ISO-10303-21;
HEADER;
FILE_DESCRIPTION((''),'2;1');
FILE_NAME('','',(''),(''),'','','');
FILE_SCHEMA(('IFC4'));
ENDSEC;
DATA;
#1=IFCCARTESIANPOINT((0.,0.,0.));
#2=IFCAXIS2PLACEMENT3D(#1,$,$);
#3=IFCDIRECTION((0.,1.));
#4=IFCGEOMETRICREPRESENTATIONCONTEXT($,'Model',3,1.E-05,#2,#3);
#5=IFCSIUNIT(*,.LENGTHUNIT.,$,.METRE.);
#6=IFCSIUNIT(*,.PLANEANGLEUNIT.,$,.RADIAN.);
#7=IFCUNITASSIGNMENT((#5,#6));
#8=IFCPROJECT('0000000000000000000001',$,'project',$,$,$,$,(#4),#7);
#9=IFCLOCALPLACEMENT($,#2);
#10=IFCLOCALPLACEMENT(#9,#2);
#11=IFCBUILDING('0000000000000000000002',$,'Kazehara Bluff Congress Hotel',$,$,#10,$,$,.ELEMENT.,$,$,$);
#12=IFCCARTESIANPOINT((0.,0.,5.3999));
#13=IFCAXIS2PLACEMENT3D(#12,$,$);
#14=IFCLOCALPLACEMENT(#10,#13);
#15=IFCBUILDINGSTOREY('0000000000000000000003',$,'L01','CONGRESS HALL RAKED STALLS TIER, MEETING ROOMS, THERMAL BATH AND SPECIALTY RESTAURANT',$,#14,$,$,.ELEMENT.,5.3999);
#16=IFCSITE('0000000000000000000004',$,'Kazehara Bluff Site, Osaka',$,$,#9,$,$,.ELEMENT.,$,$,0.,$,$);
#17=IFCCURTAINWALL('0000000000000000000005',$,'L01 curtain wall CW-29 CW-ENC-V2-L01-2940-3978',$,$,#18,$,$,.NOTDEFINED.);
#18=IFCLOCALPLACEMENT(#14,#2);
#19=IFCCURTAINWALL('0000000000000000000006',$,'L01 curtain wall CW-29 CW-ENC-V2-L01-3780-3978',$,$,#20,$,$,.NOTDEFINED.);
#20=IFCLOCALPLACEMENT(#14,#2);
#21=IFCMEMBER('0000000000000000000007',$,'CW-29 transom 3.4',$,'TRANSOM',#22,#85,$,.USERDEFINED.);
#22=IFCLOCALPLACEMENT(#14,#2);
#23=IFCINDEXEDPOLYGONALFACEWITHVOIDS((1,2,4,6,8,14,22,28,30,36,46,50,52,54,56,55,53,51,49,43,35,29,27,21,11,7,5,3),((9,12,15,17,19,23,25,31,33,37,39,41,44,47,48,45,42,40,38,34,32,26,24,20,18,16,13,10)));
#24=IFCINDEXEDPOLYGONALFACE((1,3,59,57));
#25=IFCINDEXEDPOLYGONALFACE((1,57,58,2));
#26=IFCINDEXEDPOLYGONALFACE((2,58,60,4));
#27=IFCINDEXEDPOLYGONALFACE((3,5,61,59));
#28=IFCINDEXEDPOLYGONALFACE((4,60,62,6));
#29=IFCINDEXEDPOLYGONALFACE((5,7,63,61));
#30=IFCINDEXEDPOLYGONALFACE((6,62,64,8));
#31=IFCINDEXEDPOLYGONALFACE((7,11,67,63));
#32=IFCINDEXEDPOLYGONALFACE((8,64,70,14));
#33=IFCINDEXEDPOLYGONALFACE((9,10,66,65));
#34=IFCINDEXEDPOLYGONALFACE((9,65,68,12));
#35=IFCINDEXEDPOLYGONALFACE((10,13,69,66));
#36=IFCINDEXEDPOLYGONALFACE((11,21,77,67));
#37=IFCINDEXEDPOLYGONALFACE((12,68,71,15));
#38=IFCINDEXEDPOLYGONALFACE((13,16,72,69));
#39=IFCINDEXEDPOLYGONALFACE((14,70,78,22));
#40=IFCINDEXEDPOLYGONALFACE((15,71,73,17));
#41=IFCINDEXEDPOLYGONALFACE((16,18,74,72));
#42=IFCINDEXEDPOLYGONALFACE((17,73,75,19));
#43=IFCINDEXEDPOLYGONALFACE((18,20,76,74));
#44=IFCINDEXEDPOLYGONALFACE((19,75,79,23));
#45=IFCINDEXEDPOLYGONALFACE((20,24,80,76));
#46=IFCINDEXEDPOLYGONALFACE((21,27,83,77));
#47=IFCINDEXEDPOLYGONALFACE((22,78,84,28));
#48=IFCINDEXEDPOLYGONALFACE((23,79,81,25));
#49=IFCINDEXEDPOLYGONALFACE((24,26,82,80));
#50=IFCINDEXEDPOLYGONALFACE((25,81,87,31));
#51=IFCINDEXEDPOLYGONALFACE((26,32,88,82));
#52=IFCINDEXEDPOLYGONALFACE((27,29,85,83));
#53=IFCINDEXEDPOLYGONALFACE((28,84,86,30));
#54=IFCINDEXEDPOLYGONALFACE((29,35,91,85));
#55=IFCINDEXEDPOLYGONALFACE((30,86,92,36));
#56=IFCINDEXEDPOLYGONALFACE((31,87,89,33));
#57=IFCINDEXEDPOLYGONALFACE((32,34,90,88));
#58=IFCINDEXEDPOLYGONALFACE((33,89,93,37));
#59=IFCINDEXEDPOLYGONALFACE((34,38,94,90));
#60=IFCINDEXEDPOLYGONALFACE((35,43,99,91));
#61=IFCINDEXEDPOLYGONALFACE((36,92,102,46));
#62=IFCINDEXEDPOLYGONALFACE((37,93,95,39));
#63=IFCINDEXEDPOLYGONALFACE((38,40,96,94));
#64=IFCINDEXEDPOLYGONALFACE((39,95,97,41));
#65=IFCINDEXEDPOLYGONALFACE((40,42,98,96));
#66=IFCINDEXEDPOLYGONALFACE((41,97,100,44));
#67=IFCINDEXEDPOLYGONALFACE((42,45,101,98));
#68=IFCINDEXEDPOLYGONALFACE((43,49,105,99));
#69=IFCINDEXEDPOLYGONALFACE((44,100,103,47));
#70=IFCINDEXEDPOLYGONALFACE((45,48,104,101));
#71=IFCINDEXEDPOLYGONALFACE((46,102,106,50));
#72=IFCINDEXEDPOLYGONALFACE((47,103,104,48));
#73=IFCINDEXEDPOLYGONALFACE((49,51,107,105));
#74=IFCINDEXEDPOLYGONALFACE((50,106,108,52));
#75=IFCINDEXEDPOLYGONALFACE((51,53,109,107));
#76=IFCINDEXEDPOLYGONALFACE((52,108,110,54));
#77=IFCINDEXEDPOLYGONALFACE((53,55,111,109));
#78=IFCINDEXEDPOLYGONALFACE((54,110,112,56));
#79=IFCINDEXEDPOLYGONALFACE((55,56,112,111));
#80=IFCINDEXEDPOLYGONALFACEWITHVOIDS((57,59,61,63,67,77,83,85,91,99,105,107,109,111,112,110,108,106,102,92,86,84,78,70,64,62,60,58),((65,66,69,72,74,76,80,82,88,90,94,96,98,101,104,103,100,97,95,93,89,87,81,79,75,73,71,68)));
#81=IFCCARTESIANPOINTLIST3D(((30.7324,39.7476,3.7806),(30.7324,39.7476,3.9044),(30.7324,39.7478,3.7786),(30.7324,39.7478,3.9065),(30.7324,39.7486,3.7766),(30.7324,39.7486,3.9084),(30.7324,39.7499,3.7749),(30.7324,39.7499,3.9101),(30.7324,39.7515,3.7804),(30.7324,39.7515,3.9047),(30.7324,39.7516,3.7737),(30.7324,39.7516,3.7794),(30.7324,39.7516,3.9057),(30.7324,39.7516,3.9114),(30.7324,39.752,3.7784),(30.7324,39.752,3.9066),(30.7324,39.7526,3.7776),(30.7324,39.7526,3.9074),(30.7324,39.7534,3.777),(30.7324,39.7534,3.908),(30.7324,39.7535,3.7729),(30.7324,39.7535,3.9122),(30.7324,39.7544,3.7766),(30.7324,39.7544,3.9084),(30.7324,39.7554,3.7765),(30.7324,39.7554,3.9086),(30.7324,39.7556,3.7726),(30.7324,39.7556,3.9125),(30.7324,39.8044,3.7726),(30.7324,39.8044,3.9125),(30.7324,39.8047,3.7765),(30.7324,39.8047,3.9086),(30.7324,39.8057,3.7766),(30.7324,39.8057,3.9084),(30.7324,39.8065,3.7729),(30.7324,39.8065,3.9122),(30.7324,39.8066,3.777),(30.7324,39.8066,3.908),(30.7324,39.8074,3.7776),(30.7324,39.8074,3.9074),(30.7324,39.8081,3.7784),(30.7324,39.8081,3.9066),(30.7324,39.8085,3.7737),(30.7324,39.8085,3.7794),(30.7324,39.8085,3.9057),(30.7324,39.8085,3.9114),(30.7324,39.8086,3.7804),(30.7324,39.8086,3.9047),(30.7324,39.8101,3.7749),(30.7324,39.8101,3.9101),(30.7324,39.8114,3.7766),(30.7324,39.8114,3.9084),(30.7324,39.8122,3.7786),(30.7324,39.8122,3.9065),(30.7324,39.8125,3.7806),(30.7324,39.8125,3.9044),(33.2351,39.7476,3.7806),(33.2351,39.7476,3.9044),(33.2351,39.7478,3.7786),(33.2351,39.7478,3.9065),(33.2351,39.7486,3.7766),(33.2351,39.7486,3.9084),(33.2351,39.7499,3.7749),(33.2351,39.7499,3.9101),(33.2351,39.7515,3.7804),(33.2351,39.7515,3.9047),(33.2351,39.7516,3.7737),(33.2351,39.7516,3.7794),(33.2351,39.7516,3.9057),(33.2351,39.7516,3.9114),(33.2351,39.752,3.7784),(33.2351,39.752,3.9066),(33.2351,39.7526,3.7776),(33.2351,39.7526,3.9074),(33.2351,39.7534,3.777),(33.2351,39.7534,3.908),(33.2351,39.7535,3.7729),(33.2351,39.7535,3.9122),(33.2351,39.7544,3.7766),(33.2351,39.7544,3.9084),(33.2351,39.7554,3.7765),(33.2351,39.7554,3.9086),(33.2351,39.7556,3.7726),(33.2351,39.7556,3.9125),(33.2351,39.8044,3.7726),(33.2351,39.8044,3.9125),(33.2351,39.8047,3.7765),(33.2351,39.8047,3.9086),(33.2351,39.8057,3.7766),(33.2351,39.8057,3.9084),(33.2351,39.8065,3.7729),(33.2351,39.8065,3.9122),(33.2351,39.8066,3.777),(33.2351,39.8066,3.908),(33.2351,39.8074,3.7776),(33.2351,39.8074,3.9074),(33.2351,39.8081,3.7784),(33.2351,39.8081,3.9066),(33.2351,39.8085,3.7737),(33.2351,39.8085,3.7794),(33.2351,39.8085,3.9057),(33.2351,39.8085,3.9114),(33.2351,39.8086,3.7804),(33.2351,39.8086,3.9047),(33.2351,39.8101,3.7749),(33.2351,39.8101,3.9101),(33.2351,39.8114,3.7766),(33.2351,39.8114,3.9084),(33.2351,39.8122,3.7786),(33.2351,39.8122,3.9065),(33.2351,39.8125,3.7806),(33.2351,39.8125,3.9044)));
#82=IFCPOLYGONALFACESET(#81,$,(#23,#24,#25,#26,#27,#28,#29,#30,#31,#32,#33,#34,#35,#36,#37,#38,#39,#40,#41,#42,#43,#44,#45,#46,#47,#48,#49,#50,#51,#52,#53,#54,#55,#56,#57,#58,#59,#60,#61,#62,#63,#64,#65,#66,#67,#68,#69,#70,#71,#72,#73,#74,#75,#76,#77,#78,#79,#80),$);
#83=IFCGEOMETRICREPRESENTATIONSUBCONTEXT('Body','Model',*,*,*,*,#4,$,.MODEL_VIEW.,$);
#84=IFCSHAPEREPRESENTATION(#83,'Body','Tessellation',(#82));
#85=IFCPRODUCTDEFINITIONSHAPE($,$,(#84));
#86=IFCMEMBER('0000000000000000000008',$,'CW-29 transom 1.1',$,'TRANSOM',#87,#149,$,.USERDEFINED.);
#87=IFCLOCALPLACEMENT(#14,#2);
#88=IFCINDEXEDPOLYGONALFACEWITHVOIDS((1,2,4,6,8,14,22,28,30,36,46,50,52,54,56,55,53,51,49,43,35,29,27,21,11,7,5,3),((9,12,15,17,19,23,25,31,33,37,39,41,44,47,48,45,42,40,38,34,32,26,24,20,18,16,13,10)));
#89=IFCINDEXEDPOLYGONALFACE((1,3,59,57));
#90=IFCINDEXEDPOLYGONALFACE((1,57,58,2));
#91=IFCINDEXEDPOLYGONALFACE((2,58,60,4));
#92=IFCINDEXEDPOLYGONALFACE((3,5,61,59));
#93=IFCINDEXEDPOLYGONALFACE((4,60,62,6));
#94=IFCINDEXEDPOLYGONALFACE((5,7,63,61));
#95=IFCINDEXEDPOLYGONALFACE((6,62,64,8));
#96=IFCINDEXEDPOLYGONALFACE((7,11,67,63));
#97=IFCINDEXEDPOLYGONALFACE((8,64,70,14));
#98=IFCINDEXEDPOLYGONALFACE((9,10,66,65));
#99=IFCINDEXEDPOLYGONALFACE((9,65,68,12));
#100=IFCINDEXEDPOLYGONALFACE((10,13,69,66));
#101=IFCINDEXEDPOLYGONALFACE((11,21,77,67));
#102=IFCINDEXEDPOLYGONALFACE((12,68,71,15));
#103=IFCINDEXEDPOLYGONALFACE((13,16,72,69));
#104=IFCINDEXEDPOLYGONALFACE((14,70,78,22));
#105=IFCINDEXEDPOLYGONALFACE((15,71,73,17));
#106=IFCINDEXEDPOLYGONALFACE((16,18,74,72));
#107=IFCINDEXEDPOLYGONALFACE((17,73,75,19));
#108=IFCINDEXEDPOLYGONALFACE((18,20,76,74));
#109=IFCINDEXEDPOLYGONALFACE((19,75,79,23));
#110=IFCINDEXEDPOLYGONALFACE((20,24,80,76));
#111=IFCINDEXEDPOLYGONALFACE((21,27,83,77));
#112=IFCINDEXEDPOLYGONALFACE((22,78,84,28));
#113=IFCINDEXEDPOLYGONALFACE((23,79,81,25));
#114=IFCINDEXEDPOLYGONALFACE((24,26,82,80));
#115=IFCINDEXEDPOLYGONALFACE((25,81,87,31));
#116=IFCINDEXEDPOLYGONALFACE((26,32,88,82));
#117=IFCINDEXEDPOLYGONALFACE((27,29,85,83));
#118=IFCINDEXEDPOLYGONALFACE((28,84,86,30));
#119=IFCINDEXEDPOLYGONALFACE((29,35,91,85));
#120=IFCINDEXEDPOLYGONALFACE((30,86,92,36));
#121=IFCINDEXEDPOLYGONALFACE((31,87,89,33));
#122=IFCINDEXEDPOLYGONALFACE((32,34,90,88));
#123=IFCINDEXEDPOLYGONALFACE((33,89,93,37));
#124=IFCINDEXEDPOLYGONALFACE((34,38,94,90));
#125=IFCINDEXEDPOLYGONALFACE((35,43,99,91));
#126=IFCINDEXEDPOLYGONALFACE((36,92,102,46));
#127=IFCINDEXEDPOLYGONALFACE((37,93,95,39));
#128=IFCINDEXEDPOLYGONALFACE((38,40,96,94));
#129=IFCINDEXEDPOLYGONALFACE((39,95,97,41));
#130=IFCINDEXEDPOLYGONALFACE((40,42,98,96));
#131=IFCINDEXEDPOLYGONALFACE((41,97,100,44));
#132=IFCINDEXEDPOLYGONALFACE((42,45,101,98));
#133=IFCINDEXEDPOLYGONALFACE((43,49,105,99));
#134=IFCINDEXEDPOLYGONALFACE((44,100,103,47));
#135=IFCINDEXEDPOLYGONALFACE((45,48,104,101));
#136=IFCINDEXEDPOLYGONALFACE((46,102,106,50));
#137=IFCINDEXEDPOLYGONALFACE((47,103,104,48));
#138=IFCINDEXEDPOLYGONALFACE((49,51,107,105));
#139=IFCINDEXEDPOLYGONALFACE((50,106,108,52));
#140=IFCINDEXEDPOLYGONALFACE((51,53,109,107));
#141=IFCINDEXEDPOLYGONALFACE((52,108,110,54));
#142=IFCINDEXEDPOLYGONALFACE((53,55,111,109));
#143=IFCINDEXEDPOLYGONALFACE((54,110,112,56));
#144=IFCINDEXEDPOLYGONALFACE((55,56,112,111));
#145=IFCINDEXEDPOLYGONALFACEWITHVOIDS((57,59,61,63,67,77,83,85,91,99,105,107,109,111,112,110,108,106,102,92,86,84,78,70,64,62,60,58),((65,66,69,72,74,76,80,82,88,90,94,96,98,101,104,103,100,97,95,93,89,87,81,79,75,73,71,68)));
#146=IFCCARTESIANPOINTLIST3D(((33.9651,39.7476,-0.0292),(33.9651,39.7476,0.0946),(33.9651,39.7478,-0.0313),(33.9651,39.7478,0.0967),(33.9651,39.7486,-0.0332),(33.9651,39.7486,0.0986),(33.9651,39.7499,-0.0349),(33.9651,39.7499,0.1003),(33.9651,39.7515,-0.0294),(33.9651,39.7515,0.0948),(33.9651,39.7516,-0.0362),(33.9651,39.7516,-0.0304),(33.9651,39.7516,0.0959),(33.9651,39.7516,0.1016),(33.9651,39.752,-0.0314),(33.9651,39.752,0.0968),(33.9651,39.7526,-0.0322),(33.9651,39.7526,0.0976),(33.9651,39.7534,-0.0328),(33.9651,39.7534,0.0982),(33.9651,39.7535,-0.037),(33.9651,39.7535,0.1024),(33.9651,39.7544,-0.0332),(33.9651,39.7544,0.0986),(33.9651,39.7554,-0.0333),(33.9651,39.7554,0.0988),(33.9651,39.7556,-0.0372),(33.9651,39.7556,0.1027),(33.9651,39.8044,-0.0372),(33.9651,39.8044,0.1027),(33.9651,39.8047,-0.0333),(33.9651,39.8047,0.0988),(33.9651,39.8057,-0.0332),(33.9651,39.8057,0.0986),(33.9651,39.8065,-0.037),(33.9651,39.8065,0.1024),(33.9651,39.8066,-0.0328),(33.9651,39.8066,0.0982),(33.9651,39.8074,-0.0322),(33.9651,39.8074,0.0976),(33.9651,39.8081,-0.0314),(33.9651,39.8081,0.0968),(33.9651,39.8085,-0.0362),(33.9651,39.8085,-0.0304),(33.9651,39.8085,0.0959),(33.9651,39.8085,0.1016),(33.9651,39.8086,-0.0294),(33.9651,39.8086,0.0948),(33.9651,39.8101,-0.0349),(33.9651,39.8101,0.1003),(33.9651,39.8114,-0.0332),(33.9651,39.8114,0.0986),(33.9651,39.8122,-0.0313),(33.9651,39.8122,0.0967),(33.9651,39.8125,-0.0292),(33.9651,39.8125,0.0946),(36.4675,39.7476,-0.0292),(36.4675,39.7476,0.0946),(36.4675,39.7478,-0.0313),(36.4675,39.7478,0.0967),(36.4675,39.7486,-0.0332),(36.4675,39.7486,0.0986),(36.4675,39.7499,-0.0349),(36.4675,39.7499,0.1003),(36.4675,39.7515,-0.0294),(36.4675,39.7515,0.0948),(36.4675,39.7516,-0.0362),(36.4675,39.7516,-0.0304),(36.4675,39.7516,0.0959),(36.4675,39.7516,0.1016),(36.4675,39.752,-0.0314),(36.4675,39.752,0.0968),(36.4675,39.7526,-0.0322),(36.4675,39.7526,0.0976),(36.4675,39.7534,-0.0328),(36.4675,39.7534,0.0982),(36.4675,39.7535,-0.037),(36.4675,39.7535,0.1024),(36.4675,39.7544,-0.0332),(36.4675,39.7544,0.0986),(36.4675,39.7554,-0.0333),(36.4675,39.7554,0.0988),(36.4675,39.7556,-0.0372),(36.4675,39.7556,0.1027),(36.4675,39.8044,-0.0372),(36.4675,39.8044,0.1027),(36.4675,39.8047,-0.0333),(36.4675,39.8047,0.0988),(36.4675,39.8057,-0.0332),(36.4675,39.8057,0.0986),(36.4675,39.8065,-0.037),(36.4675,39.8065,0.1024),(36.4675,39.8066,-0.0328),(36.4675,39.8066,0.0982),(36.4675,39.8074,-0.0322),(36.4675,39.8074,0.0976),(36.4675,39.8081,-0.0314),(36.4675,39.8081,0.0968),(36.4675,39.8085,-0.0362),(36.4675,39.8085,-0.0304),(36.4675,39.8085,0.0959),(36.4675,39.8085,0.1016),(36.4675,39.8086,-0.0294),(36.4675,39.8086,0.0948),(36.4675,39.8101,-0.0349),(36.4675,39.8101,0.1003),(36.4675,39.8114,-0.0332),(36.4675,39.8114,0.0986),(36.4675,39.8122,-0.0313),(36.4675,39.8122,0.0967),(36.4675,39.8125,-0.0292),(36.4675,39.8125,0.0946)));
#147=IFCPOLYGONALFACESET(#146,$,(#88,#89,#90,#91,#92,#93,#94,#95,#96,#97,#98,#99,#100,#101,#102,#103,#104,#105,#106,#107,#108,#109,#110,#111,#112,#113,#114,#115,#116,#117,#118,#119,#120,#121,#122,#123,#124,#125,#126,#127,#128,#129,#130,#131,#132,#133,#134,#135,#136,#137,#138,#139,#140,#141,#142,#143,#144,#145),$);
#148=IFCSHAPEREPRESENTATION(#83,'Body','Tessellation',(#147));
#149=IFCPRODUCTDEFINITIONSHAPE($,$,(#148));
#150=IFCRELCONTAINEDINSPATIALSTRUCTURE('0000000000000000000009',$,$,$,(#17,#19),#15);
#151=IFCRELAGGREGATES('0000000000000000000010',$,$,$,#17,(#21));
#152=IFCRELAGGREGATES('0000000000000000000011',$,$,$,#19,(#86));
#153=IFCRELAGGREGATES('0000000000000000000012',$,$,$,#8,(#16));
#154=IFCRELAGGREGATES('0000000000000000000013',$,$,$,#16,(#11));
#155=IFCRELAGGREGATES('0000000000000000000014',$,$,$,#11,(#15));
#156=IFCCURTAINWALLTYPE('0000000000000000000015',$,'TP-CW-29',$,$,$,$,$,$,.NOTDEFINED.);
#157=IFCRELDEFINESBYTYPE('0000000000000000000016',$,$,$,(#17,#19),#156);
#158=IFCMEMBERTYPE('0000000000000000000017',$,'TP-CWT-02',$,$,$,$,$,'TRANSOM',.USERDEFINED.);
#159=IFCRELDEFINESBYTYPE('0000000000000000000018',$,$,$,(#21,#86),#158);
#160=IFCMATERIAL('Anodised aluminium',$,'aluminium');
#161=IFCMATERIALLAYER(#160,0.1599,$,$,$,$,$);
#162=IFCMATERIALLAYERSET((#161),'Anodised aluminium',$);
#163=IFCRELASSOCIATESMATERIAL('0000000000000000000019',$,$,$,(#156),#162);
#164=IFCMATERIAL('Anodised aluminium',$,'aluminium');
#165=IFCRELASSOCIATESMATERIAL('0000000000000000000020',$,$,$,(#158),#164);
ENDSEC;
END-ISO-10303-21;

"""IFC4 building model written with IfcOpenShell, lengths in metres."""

from ifc_helpers import new_model, si_unit, direction, frame, origin, origin_2d, place, context, subcontext, project, spatial, hollow_rectangle, extrude, material, layer, layer_set, material_profile, profile_set, type_object, element, aggregate, save


model = new_model("IFC4")

# Units and contexts
model_context = context("Model", 3, precision=1e-05, world=origin(), true_north=direction((0.0, 1.0)))
body_context = subcontext(model_context, "Body", "Model", "MODEL_VIEW")
ifc_project = project(units=[si_unit("LENGTHUNIT", "METRE"), si_unit("PLANEANGLEUNIT", "RADIAN")], contexts=[model_context])

# Site, building, storey
site_placement = place(None, origin())
site = spatial("IfcSite", under=ifc_project, at=site_placement, Name="Kazehara Bluff Site, Osaka", CompositionType="ELEMENT", RefElevation=0.0)
building_placement = place(site_placement, origin())
building = spatial("IfcBuilding", under=site, at=building_placement, Name="Kazehara Bluff Congress Hotel", CompositionType="ELEMENT")
storey_placement = place(building_placement, frame((0.0, 0.0, 5.3999)))
storey = spatial("IfcBuildingStorey", under=building, at=storey_placement, Name="L01", Description="CONGRESS HALL RAKED STALLS TIER, MEETING ROOMS, THERMAL BATH AND SPECIALTY RESTAURANT", CompositionType="ELEMENT", Elevation=5.3999)

# Curtain walls
ifc_material_1 = material(Name="Anodised aluminium", Category="aluminium")
ifc_layer_1 = layer(ifc_material_1, 0.1599)
ifc_layer_set_1 = layer_set([ifc_layer_1], Name="Anodised aluminium")
curtain_wall_type_1 = type_object("IfcCurtainWallType", Name="TP-CW-29", PredefinedType="NOTDEFINED", material=ifc_layer_set_1)
curtain_wall_1_placement = place(storey_placement, origin())
curtain_wall_1 = element("IfcCurtainWall", 1, at=curtain_wall_1_placement, inside=storey, type_object=curtain_wall_type_1, Name="L01 curtain wall CW-29 CW-ENC-V2-L01-2940-3978", PredefinedType="NOTDEFINED")
curtain_wall_2_placement = place(storey_placement, origin())
curtain_wall_2 = element("IfcCurtainWall", 2, at=curtain_wall_2_placement, inside=storey, type_object=curtain_wall_type_1, Name="L01 curtain wall CW-29 CW-ENC-V2-L01-3780-3978", PredefinedType="NOTDEFINED")

# Members
ifc_material_2 = material(Name="Anodised aluminium", Category="aluminium")
ifc_material_profile_1 = material_profile(ifc_material_2, hollow_rectangle(XDim=0.0649, YDim=0.1399, WallThickness=0.0039, InnerFilletRadius=0.0039, OuterFilletRadius=0.0081, at=origin_2d()))
ifc_profile_set_1 = profile_set([ifc_material_profile_1], Name="Anodised aluminium")
member_type_1 = type_object("IfcMemberType", Name="TP-CWT-02", ElementType="TRANSOM", PredefinedType="USERDEFINED", material=ifc_profile_set_1)
member_1_placement = place(storey_placement, frame((30.7324, 39.78, 3.8425), z_axis=(1.0, 0.0, 0.0), x_axis=(0.0, 1.0, 0.0)))
member_1 = element("IfcMember", 3, at=member_1_placement, type_object=member_type_1, Name="CW-29 transom 3.4", ObjectType="TRANSOM", PredefinedType="USERDEFINED", context=body_context, shape_type="SweptSolid", body=[
    extrude(hollow_rectangle(XDim=0.0649, YDim=0.1399, WallThickness=0.0039, InnerFilletRadius=0.0039, OuterFilletRadius=0.0081, at=origin_2d()), origin(), (0.0, 0.0, 1.0), 2.5027),
])
member_2_placement = place(storey_placement, frame((33.9651, 39.78, 0.0327), z_axis=(1.0, 0.0, 0.0), x_axis=(0.0, 1.0, 0.0)))
member_2 = element("IfcMember", 4, at=member_2_placement, type_object=member_type_1, Name="CW-29 transom 1.1", ObjectType="TRANSOM", PredefinedType="USERDEFINED", context=body_context, shape_type="SweptSolid", body=[
    extrude(hollow_rectangle(XDim=0.0649, YDim=0.1399, WallThickness=0.0039, InnerFilletRadius=0.0039, OuterFilletRadius=0.0081, at=origin_2d()), origin(), (0.0, 0.0, 1.0), 2.5024),
])

aggregate(curtain_wall_1, [member_1])
aggregate(curtain_wall_2, [member_2])

save(model, "model.ifc")
